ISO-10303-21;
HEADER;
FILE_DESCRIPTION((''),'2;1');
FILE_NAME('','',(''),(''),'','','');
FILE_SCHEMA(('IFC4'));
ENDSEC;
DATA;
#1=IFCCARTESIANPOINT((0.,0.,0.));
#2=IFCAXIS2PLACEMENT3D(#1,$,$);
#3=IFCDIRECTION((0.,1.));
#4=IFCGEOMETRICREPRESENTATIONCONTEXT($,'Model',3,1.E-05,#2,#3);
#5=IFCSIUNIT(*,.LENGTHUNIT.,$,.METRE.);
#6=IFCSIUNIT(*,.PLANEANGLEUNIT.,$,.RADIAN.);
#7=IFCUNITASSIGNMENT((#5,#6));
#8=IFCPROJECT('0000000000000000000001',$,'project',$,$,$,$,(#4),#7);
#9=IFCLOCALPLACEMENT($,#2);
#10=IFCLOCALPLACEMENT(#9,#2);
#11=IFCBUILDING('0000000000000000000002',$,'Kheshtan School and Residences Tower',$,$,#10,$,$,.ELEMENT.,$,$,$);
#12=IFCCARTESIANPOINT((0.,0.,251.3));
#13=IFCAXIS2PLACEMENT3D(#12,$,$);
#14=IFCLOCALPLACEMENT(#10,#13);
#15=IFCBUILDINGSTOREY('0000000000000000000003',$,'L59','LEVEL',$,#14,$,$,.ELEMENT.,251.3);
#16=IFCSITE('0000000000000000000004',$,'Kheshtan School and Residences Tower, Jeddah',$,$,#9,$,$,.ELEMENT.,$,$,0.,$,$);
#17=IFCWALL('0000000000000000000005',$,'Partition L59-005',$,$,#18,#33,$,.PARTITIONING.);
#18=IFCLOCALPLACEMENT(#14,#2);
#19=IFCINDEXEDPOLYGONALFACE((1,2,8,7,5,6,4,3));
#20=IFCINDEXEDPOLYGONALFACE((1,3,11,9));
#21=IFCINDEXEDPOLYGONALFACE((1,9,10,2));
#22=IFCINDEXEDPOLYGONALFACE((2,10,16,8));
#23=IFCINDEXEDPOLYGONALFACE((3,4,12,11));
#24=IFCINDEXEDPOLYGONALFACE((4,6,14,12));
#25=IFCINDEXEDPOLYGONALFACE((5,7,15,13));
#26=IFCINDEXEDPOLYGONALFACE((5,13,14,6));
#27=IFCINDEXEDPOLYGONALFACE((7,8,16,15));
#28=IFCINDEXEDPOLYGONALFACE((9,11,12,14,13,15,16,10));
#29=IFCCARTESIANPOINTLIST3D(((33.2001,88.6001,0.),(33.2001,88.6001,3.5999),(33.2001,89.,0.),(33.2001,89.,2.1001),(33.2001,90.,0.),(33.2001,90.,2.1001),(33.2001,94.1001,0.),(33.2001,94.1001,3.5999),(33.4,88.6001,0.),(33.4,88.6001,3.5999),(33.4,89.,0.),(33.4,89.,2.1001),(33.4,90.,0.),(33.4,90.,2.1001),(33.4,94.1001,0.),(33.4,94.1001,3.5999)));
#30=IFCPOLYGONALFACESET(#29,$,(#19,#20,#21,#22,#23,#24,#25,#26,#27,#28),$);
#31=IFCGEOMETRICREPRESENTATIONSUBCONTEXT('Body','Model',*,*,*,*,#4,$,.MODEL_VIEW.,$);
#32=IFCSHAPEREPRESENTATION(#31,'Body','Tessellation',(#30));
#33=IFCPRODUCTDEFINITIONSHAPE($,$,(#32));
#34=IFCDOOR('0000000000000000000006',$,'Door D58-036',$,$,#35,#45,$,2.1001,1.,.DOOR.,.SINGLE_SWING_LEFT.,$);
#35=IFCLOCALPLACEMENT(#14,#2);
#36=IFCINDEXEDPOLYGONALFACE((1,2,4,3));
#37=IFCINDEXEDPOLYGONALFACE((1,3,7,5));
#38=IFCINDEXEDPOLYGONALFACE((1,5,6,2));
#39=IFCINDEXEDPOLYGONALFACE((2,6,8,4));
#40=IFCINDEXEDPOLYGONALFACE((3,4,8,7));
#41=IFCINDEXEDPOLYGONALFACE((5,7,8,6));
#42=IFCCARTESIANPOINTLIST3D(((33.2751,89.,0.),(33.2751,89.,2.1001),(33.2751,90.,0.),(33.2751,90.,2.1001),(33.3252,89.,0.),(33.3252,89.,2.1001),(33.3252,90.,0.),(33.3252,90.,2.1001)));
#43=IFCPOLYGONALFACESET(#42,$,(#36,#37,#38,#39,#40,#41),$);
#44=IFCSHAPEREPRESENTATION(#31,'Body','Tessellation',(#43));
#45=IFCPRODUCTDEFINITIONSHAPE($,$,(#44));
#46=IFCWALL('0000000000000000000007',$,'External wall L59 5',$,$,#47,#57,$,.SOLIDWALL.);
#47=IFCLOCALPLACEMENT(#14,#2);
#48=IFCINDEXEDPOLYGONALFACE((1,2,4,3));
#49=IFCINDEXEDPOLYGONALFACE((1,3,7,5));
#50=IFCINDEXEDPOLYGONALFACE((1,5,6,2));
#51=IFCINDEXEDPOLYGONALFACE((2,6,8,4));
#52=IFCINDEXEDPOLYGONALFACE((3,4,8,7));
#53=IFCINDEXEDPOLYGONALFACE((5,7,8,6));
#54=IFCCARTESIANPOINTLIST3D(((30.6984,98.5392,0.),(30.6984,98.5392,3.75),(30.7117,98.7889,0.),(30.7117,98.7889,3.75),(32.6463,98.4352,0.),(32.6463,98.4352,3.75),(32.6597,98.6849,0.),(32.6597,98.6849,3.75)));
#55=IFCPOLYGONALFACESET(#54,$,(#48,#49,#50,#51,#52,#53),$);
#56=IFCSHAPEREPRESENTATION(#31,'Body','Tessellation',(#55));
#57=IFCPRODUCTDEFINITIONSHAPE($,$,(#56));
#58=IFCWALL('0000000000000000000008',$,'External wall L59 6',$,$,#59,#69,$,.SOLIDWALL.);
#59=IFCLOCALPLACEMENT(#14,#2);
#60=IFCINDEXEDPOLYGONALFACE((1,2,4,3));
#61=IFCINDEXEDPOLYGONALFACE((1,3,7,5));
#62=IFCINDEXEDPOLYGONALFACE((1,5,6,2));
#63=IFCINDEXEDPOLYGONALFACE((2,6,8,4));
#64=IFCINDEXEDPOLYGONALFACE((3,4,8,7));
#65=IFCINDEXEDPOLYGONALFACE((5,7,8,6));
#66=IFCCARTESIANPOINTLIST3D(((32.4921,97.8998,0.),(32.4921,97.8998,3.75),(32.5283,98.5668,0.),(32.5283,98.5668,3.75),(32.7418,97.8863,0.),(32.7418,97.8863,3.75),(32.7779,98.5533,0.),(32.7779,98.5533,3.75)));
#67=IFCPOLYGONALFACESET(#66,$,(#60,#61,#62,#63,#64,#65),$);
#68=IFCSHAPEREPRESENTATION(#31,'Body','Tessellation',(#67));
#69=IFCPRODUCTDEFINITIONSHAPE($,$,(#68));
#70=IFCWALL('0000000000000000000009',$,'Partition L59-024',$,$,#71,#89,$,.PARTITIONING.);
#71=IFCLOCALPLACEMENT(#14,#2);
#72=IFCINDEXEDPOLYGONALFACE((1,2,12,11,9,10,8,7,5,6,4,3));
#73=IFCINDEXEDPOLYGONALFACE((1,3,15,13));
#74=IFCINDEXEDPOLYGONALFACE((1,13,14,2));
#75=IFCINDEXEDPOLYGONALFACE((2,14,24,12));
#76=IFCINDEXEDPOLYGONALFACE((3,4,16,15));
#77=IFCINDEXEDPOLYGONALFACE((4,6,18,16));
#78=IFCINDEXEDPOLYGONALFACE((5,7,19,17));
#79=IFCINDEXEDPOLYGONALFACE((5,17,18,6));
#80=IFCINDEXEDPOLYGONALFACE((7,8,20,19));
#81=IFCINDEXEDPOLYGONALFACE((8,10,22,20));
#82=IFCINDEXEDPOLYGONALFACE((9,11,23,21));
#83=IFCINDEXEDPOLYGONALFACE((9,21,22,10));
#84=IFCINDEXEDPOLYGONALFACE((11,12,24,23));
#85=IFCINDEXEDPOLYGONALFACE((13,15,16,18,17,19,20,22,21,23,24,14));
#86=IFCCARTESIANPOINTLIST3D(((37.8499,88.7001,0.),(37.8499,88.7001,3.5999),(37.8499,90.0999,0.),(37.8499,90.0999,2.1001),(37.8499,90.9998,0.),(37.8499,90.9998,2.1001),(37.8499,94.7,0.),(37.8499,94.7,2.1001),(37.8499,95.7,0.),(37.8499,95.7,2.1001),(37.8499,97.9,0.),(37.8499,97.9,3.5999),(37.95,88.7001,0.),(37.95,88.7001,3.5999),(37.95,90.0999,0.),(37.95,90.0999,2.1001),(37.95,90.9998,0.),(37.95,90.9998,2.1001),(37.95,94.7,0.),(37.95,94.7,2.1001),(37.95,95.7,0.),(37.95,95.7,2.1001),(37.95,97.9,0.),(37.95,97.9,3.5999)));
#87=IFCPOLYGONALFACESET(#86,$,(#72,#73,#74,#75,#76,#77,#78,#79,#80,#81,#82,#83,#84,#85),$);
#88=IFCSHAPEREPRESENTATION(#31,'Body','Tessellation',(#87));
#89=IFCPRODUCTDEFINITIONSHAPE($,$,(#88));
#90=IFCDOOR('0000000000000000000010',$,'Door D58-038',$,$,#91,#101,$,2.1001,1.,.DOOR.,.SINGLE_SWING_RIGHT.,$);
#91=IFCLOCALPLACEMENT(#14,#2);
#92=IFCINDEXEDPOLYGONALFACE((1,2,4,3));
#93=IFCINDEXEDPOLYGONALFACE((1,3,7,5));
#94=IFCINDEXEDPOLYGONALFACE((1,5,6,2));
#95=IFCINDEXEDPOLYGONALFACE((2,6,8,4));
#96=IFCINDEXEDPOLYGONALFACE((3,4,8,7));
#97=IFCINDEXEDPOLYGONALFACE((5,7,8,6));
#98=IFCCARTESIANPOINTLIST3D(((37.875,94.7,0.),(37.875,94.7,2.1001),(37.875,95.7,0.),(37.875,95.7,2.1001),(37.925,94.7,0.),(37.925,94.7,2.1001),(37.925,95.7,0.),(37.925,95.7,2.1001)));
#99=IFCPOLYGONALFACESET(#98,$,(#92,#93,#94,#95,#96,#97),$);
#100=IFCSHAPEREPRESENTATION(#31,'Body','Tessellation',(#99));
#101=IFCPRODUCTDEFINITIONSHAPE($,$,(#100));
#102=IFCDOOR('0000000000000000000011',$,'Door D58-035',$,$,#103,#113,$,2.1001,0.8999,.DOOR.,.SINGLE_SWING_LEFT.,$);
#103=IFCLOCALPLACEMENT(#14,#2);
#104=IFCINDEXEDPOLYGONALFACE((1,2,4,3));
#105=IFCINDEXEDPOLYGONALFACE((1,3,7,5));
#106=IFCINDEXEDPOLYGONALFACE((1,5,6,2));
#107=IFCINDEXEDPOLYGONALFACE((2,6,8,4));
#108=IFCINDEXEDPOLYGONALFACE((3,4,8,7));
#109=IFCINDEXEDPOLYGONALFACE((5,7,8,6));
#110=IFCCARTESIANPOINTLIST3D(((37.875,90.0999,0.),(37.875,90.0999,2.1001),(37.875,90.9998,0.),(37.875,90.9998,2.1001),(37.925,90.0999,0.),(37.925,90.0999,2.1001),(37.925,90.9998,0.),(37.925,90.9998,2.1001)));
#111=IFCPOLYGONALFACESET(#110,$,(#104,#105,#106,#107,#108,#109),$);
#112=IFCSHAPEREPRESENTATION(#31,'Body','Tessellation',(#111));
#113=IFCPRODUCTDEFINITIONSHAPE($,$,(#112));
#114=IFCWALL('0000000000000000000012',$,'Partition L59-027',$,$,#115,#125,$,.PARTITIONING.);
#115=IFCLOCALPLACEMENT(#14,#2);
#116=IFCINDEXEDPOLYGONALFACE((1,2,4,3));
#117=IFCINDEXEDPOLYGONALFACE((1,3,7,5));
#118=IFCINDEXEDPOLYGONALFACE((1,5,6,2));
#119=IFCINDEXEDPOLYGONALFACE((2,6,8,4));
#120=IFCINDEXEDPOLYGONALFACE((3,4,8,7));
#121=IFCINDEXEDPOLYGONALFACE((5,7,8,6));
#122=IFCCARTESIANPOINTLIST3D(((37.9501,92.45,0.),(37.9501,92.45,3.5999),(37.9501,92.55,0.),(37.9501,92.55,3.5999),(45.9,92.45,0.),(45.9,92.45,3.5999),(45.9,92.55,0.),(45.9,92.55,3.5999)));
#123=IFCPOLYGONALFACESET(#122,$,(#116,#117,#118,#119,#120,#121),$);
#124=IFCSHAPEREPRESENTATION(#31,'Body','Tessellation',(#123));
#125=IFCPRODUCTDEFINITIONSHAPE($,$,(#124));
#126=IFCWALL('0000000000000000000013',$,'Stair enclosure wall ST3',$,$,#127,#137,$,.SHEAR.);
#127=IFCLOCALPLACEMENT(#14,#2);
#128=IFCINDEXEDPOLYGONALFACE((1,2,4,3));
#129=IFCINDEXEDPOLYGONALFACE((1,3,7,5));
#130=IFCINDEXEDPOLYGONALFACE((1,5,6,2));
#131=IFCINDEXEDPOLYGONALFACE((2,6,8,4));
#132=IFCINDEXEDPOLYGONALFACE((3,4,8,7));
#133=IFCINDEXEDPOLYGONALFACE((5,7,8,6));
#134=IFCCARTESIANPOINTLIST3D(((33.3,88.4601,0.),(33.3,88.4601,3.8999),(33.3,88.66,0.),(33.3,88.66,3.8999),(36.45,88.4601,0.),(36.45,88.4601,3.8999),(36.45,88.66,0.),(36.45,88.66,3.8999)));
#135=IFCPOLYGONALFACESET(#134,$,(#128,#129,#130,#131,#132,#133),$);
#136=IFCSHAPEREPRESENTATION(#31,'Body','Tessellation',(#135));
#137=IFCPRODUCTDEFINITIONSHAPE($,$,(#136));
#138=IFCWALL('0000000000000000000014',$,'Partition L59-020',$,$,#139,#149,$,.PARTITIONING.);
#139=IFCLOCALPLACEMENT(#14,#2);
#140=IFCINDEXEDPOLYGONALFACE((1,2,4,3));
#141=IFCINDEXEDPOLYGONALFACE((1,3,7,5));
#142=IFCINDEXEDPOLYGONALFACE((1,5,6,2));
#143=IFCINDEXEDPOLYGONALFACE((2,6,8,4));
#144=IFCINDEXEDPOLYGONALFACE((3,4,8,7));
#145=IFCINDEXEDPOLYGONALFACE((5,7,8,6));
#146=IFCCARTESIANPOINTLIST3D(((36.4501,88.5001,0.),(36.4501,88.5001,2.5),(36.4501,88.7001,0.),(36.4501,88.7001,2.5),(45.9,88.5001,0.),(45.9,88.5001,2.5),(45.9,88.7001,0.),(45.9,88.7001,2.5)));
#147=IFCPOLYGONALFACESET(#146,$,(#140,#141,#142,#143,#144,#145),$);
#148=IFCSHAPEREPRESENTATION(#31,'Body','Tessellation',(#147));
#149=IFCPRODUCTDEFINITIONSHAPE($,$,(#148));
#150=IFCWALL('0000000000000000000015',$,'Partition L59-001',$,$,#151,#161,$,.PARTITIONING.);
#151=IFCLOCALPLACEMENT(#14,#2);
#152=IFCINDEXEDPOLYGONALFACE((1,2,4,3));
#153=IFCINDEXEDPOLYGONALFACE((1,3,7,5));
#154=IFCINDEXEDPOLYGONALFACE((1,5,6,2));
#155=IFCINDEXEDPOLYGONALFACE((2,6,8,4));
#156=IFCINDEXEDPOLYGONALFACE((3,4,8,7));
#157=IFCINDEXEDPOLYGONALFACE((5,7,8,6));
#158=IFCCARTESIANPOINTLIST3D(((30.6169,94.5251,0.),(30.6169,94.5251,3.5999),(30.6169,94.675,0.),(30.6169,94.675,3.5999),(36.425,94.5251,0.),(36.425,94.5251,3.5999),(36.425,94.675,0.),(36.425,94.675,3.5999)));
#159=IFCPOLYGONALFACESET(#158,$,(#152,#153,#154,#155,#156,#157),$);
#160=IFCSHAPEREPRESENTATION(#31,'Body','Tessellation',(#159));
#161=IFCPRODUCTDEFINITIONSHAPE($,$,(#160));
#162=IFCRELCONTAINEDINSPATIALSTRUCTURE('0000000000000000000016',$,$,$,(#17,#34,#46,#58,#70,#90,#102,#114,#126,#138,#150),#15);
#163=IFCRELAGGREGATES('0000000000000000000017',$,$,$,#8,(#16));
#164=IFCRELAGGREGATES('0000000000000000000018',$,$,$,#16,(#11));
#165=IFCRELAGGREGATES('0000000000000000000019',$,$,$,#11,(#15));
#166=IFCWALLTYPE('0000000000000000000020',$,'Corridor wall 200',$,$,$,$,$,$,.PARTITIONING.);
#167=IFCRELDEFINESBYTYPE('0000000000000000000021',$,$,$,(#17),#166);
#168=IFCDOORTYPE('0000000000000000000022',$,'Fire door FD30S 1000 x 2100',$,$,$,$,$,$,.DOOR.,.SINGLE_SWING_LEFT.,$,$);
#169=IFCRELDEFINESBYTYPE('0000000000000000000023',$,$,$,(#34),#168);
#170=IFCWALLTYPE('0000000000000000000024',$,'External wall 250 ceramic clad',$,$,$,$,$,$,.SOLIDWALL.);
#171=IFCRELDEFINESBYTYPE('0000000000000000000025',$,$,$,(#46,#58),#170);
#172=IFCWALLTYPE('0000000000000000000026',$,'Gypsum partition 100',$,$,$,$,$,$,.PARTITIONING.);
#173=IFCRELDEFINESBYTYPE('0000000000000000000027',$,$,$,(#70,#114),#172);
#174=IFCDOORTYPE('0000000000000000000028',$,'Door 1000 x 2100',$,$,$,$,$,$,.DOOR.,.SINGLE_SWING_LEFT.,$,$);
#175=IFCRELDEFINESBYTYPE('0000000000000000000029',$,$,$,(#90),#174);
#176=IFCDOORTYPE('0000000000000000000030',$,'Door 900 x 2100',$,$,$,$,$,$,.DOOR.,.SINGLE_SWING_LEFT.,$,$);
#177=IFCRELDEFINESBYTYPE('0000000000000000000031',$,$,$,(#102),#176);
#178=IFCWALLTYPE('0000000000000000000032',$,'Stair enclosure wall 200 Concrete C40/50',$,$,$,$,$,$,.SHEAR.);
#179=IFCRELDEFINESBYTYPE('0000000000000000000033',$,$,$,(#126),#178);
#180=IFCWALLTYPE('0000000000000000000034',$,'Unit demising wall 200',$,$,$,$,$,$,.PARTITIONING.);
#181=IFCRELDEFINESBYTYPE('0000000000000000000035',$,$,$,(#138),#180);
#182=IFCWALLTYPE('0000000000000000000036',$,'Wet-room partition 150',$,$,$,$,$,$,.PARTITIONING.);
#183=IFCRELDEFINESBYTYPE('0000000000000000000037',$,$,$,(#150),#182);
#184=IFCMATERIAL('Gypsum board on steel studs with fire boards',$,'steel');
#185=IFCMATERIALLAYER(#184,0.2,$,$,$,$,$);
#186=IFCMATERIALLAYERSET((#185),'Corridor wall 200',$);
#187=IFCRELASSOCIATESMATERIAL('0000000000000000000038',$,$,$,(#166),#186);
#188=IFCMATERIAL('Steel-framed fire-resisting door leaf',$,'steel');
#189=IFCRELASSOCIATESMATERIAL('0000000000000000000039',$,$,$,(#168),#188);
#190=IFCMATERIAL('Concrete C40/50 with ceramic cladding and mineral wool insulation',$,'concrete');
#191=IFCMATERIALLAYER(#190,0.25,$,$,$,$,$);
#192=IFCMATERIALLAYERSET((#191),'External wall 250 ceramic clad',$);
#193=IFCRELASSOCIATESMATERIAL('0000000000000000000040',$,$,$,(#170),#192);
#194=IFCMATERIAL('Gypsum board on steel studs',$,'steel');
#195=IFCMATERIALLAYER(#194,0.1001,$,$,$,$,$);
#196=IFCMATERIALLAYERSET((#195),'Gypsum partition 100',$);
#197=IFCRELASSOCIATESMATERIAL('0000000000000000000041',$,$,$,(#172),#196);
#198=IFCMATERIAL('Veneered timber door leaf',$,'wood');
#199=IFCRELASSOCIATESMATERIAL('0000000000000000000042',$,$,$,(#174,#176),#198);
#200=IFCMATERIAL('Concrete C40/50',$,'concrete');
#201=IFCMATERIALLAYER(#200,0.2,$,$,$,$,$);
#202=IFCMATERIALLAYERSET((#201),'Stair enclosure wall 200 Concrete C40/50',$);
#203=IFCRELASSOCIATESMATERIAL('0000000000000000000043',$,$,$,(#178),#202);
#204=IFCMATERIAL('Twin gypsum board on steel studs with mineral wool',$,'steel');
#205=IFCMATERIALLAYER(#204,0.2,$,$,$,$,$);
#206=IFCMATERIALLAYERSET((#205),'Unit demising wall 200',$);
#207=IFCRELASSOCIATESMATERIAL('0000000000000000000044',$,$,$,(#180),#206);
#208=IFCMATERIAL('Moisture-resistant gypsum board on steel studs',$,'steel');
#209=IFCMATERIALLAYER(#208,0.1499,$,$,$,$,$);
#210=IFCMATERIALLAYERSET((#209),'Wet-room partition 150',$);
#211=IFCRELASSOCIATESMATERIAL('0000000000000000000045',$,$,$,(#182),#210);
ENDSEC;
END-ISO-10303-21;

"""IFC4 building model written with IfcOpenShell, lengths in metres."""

from ifc_helpers import new_model, si_unit, direction, frame, frame_2d, origin, place, context, subcontext, project, spatial, rectangle, extrude, source, transform, mapped, material, layer, layer_set, type_object, element, fill, save


model = new_model("IFC4")

# Units and contexts
model_context = context("Model", 3, precision=1e-05, world=origin(), true_north=direction((0.0, 1.0)))
body_context = subcontext(model_context, "Body", "Model", "MODEL_VIEW")
ifc_project = project(units=[si_unit("LENGTHUNIT", "METRE"), si_unit("PLANEANGLEUNIT", "RADIAN")], contexts=[model_context])

# Site, building, storey
site_placement = place(None, origin())
site = spatial("IfcSite", under=ifc_project, at=site_placement, Name="Kheshtan School and Residences Tower, Jeddah", CompositionType="ELEMENT", RefElevation=0.0)
building_placement = place(site_placement, origin())
building = spatial("IfcBuilding", under=site, at=building_placement, Name="Kheshtan School and Residences Tower", CompositionType="ELEMENT")
storey_placement = place(building_placement, frame((0.0, 0.0, 251.3)))
storey = spatial("IfcBuildingStorey", under=building, at=storey_placement, Name="L59", Description="LEVEL", CompositionType="ELEMENT", Elevation=251.3)

# Shared definitions
ifc_material_1 = material(Name="Gypsum board on steel studs with fire boards", Category="steel")
ifc_layer_1 = layer(ifc_material_1, 0.2)
ifc_layer_set_1 = layer_set([ifc_layer_1], Name="Corridor wall 200")
wall_type_1 = type_object("IfcWallType", Name="Corridor wall 200", PredefinedType="PARTITIONING", material=ifc_layer_set_1)

# Wall, opening, door
wall_1_placement = place(storey_placement, frame((33.3, 88.6001, 0.0), z_axis=(0.0, 0.0, 1.0), x_axis=(0.0, 1.0, 0.0)))
wall_1 = element("IfcWall", 1, at=wall_1_placement, inside=storey, type_object=wall_type_1, Name="Partition L59-005", PredefinedType="PARTITIONING", context=body_context, shape_type="SweptSolid", body=[
    extrude(rectangle(XDim=5.5, YDim=0.2, at=frame_2d((2.75, 0.0))), origin(), (0.0, 0.0, 1.0), 3.5999),
])
opening_1_placement = place(wall_1_placement, frame((0.3999, 0.0, 0.0)))
opening_1 = element("IfcOpeningElement", 2, at=opening_1_placement, cuts=wall_1, PredefinedType="OPENING", context=body_context, shape_type="SweptSolid", body=[
    extrude(rectangle(XDim=1.0, YDim=2.1001, at=frame_2d((0.5, 1.05))), frame((0.0, 0.1099, 0.0), z_axis=(0.0, -1.0, 0.0), x_axis=(1.0, 0.0, 0.0)), (0.0, 0.0, 1.0), 0.22),
])
ifc_material_2 = material(Name="Steel-framed fire-resisting door leaf", Category="steel")
door_type_1 = type_object("IfcDoorType", Name="Fire door FD30S 1000 x 2100", OperationType="SINGLE_SWING_LEFT", PredefinedType="DOOR", material=ifc_material_2)
shared_shape_1 = source(origin(), body_context, "Body", "SweptSolid", [
    extrude(rectangle(XDim=1.0, YDim=2.1001, at=frame_2d((0.5, 1.05))), frame((0.0, 0.0249, 0.0), z_axis=(0.0, -1.0, 0.0), x_axis=(1.0, 0.0, 0.0)), (0.0, 0.0, 1.0), 0.05),
])
door_1_placement = place(opening_1_placement, origin())
door_1 = element("IfcDoor", 3, at=door_1_placement, inside=storey, type_object=door_type_1, Name="Door D58-036", OperationType="SINGLE_SWING_LEFT", OverallHeight=2.1001, OverallWidth=1.0, PredefinedType="DOOR", context=body_context, shape_type="MappedRepresentation", body=[
    mapped(shared_shape_1, transform((0.0, 0.0, 0.0), x_axis=(1.0, 0.0, 0.0), y_axis=(0.0, 1.0, 0.0), z_axis=(0.0, 0.0, 1.0), scale=1.0)),
])
fill(opening_1, door_1)

# Walls
ifc_material_3 = material(Name="Concrete C40/50 with ceramic cladding and mineral wool insulation", Category="concrete")
ifc_layer_2 = layer(ifc_material_3, 0.25)
ifc_layer_set_2 = layer_set([ifc_layer_2], Name="External wall 250 ceramic clad")
wall_type_2 = type_object("IfcWallType", Name="External wall 250 ceramic clad", PredefinedType="SOLIDWALL", material=ifc_layer_set_2)
wall_2_placement = place(storey_placement, frame((30.7051, 98.6641, 0.0), z_axis=(0.0, 0.0, 1.0), x_axis=(0.998578, -0.053314, 0.0)))
element("IfcWall", 4, at=wall_2_placement, inside=storey, type_object=wall_type_2, Name="External wall L59 5", PredefinedType="SOLIDWALL", context=body_context, shape_type="SweptSolid", body=[
    extrude(rectangle(XDim=1.9507, YDim=0.25, at=frame_2d((0.9753, 0.0))), origin(), (0.0, 0.0, 1.0), 3.75),
])
wall_3_placement = place(storey_placement, frame((32.6531, 98.5601, 0.0), z_axis=(0.0, 0.0, 1.0), x_axis=(-0.054093, -0.998536, 0.0)))
element("IfcWall", 5, at=wall_3_placement, inside=storey, type_object=wall_type_2, Name="External wall L59 6", PredefinedType="SOLIDWALL", context=body_context, shape_type="SweptSolid", body=[
    extrude(rectangle(XDim=0.668, YDim=0.25, at=frame_2d((0.334, 0.0))), origin(), (0.0, 0.0, 1.0), 3.75),
])

# Wall, openings, doors
ifc_material_4 = material(Name="Gypsum board on steel studs", Category="steel")
ifc_layer_3 = layer(ifc_material_4, 0.1001)
ifc_layer_set_3 = layer_set([ifc_layer_3], Name="Gypsum partition 100")
wall_type_3 = type_object("IfcWallType", Name="Gypsum partition 100", PredefinedType="PARTITIONING", material=ifc_layer_set_3)
wall_4_placement = place(storey_placement, frame((37.8999, 88.7, 0.0), z_axis=(0.0, 0.0, 1.0), x_axis=(0.0, 1.0, 0.0)))
wall_4 = element("IfcWall", 6, at=wall_4_placement, inside=storey, type_object=wall_type_3, Name="Partition L59-024", PredefinedType="PARTITIONING", context=body_context, shape_type="SweptSolid", body=[
    extrude(rectangle(XDim=9.2, YDim=0.1001, at=frame_2d((4.6001, 0.0))), origin(), (0.0, 0.0, 1.0), 3.5999),
])
opening_2_placement = place(wall_4_placement, frame((1.3999, 0.0, 0.0)))
opening_2 = element("IfcOpeningElement", 7, at=opening_2_placement, cuts=wall_4, PredefinedType="OPENING", context=body_context, shape_type="SweptSolid", body=[
    extrude(rectangle(XDim=0.8999, YDim=2.1001, at=frame_2d((0.45, 1.05))), frame((0.0, 0.0601, 0.0), z_axis=(0.0, -1.0, 0.0), x_axis=(1.0, 0.0, 0.0)), (0.0, 0.0, 1.0), 0.1201),
])
opening_3_placement = place(wall_4_placement, frame((6.0, 0.0, 0.0)))
opening_3 = element("IfcOpeningElement", 8, at=opening_3_placement, cuts=wall_4, PredefinedType="OPENING", context=body_context, shape_type="SweptSolid", body=[
    extrude(rectangle(XDim=1.0, YDim=2.1001, at=frame_2d((0.5, 1.05))), frame((0.0, 0.0601, 0.0), z_axis=(0.0, -1.0, 0.0), x_axis=(1.0, 0.0, 0.0)), (0.0, 0.0, 1.0), 0.1201),
])
ifc_material_5 = material(Name="Veneered timber door leaf", Category="wood")
door_type_2 = type_object("IfcDoorType", Name="Door 1000 x 2100", OperationType="SINGLE_SWING_LEFT", PredefinedType="DOOR", material=ifc_material_5)
shared_shape_2 = source(origin(), body_context, "Body", "SweptSolid", [
    extrude(rectangle(XDim=1.0, YDim=2.1001, at=frame_2d((0.5, 1.05))), frame((0.0, 0.0249, 0.0), z_axis=(0.0, -1.0, 0.0), x_axis=(1.0, 0.0, 0.0)), (0.0, 0.0, 1.0), 0.05),
])
door_2_placement = place(opening_3_placement, origin())
door_2 = element("IfcDoor", 9, at=door_2_placement, inside=storey, type_object=door_type_2, Name="Door D58-038", OperationType="SINGLE_SWING_RIGHT", OverallHeight=2.1001, OverallWidth=1.0, PredefinedType="DOOR", context=body_context, shape_type="MappedRepresentation", body=[
    mapped(shared_shape_2, transform((0.0, 0.0, 0.0), x_axis=(1.0, 0.0, 0.0), y_axis=(0.0, 1.0, 0.0), z_axis=(0.0, 0.0, 1.0), scale=1.0)),
])
fill(opening_3, door_2)
door_type_3 = type_object("IfcDoorType", Name="Door 900 x 2100", OperationType="SINGLE_SWING_LEFT", PredefinedType="DOOR", material=ifc_material_5)
shared_shape_3 = source(origin(), body_context, "Body", "SweptSolid", [
    extrude(rectangle(XDim=0.8999, YDim=2.1001, at=frame_2d((0.45, 1.05))), frame((0.0, 0.0249, 0.0), z_axis=(0.0, -1.0, 0.0), x_axis=(1.0, 0.0, 0.0)), (0.0, 0.0, 1.0), 0.05),
])
door_3_placement = place(opening_2_placement, origin())
door_3 = element("IfcDoor", 10, at=door_3_placement, inside=storey, type_object=door_type_3, Name="Door D58-035", OperationType="SINGLE_SWING_LEFT", OverallHeight=2.1001, OverallWidth=0.8999, PredefinedType="DOOR", context=body_context, shape_type="MappedRepresentation", body=[
    mapped(shared_shape_3, transform((0.0, 0.0, 0.0), x_axis=(1.0, 0.0, 0.0), y_axis=(0.0, 1.0, 0.0), z_axis=(0.0, 0.0, 1.0), scale=1.0)),
])
fill(opening_2, door_3)

# Walls
wall_5_placement = place(storey_placement, frame((37.95, 92.5, 0.0), z_axis=(0.0, 0.0, 1.0), x_axis=(1.0, 0.0, 0.0)))
element("IfcWall", 11, at=wall_5_placement, inside=storey, type_object=wall_type_3, Name="Partition L59-027", PredefinedType="PARTITIONING", context=body_context, shape_type="SweptSolid", body=[
    extrude(rectangle(XDim=7.95, YDim=0.1001, at=frame_2d((3.9751, 0.0))), origin(), (0.0, 0.0, 1.0), 3.5999),
])
ifc_material_6 = material(Name="Concrete C40/50", Category="concrete")
ifc_layer_4 = layer(ifc_material_6, 0.2)
ifc_layer_set_4 = layer_set([ifc_layer_4], Name="Stair enclosure wall 200 Concrete C40/50")
wall_type_4 = type_object("IfcWallType", Name="Stair enclosure wall 200 Concrete C40/50", PredefinedType="SHEAR", material=ifc_layer_set_4)
wall_6_placement = place(storey_placement, frame((33.3, 88.5601, 0.0), z_axis=(0.0, 0.0, 1.0), x_axis=(1.0, 0.0, 0.0)))
element("IfcWall", 12, at=wall_6_placement, inside=storey, type_object=wall_type_4, Name="Stair enclosure wall ST3", PredefinedType="SHEAR", context=body_context, shape_type="SweptSolid", body=[
    extrude(rectangle(XDim=3.1499, YDim=0.2, at=frame_2d((1.575, 0.0))), origin(), (0.0, 0.0, 1.0), 3.8999),
])
ifc_material_7 = material(Name="Twin gypsum board on steel studs with mineral wool", Category="steel")
ifc_layer_5 = layer(ifc_material_7, 0.2)
ifc_layer_set_5 = layer_set([ifc_layer_5], Name="Unit demising wall 200")
wall_type_5 = type_object("IfcWallType", Name="Unit demising wall 200", PredefinedType="PARTITIONING", material=ifc_layer_set_5)
wall_7_placement = place(storey_placement, frame((36.45, 88.6001, 0.0), z_axis=(0.0, 0.0, 1.0), x_axis=(1.0, 0.0, 0.0)))
element("IfcWall", 13, at=wall_7_placement, inside=storey, type_object=wall_type_5, Name="Partition L59-020", PredefinedType="PARTITIONING", context=body_context, shape_type="SweptSolid", body=[
    extrude(rectangle(XDim=9.45, YDim=0.2, at=frame_2d((4.7251, 0.0))), origin(), (0.0, 0.0, 1.0), 2.5),
])
ifc_material_8 = material(Name="Moisture-resistant gypsum board on steel studs", Category="steel")
ifc_layer_6 = layer(ifc_material_8, 0.1499)
ifc_layer_set_6 = layer_set([ifc_layer_6], Name="Wet-room partition 150")
wall_type_6 = type_object("IfcWallType", Name="Wet-room partition 150", PredefinedType="PARTITIONING", material=ifc_layer_set_6)
wall_8_placement = place(storey_placement, frame((30.6169, 94.6001, 0.0), z_axis=(0.0, 0.0, 1.0), x_axis=(1.0, 0.0, 0.0)))
element("IfcWall", 14, at=wall_8_placement, inside=storey, type_object=wall_type_6, Name="Partition L59-001", PredefinedType="PARTITIONING", context=body_context, shape_type="SweptSolid", body=[
    extrude(rectangle(XDim=5.8081, YDim=0.1499, at=frame_2d((2.9041, 0.0))), origin(), (0.0, 0.0, 1.0), 3.5999),
])

save(model, "model.ifc")
